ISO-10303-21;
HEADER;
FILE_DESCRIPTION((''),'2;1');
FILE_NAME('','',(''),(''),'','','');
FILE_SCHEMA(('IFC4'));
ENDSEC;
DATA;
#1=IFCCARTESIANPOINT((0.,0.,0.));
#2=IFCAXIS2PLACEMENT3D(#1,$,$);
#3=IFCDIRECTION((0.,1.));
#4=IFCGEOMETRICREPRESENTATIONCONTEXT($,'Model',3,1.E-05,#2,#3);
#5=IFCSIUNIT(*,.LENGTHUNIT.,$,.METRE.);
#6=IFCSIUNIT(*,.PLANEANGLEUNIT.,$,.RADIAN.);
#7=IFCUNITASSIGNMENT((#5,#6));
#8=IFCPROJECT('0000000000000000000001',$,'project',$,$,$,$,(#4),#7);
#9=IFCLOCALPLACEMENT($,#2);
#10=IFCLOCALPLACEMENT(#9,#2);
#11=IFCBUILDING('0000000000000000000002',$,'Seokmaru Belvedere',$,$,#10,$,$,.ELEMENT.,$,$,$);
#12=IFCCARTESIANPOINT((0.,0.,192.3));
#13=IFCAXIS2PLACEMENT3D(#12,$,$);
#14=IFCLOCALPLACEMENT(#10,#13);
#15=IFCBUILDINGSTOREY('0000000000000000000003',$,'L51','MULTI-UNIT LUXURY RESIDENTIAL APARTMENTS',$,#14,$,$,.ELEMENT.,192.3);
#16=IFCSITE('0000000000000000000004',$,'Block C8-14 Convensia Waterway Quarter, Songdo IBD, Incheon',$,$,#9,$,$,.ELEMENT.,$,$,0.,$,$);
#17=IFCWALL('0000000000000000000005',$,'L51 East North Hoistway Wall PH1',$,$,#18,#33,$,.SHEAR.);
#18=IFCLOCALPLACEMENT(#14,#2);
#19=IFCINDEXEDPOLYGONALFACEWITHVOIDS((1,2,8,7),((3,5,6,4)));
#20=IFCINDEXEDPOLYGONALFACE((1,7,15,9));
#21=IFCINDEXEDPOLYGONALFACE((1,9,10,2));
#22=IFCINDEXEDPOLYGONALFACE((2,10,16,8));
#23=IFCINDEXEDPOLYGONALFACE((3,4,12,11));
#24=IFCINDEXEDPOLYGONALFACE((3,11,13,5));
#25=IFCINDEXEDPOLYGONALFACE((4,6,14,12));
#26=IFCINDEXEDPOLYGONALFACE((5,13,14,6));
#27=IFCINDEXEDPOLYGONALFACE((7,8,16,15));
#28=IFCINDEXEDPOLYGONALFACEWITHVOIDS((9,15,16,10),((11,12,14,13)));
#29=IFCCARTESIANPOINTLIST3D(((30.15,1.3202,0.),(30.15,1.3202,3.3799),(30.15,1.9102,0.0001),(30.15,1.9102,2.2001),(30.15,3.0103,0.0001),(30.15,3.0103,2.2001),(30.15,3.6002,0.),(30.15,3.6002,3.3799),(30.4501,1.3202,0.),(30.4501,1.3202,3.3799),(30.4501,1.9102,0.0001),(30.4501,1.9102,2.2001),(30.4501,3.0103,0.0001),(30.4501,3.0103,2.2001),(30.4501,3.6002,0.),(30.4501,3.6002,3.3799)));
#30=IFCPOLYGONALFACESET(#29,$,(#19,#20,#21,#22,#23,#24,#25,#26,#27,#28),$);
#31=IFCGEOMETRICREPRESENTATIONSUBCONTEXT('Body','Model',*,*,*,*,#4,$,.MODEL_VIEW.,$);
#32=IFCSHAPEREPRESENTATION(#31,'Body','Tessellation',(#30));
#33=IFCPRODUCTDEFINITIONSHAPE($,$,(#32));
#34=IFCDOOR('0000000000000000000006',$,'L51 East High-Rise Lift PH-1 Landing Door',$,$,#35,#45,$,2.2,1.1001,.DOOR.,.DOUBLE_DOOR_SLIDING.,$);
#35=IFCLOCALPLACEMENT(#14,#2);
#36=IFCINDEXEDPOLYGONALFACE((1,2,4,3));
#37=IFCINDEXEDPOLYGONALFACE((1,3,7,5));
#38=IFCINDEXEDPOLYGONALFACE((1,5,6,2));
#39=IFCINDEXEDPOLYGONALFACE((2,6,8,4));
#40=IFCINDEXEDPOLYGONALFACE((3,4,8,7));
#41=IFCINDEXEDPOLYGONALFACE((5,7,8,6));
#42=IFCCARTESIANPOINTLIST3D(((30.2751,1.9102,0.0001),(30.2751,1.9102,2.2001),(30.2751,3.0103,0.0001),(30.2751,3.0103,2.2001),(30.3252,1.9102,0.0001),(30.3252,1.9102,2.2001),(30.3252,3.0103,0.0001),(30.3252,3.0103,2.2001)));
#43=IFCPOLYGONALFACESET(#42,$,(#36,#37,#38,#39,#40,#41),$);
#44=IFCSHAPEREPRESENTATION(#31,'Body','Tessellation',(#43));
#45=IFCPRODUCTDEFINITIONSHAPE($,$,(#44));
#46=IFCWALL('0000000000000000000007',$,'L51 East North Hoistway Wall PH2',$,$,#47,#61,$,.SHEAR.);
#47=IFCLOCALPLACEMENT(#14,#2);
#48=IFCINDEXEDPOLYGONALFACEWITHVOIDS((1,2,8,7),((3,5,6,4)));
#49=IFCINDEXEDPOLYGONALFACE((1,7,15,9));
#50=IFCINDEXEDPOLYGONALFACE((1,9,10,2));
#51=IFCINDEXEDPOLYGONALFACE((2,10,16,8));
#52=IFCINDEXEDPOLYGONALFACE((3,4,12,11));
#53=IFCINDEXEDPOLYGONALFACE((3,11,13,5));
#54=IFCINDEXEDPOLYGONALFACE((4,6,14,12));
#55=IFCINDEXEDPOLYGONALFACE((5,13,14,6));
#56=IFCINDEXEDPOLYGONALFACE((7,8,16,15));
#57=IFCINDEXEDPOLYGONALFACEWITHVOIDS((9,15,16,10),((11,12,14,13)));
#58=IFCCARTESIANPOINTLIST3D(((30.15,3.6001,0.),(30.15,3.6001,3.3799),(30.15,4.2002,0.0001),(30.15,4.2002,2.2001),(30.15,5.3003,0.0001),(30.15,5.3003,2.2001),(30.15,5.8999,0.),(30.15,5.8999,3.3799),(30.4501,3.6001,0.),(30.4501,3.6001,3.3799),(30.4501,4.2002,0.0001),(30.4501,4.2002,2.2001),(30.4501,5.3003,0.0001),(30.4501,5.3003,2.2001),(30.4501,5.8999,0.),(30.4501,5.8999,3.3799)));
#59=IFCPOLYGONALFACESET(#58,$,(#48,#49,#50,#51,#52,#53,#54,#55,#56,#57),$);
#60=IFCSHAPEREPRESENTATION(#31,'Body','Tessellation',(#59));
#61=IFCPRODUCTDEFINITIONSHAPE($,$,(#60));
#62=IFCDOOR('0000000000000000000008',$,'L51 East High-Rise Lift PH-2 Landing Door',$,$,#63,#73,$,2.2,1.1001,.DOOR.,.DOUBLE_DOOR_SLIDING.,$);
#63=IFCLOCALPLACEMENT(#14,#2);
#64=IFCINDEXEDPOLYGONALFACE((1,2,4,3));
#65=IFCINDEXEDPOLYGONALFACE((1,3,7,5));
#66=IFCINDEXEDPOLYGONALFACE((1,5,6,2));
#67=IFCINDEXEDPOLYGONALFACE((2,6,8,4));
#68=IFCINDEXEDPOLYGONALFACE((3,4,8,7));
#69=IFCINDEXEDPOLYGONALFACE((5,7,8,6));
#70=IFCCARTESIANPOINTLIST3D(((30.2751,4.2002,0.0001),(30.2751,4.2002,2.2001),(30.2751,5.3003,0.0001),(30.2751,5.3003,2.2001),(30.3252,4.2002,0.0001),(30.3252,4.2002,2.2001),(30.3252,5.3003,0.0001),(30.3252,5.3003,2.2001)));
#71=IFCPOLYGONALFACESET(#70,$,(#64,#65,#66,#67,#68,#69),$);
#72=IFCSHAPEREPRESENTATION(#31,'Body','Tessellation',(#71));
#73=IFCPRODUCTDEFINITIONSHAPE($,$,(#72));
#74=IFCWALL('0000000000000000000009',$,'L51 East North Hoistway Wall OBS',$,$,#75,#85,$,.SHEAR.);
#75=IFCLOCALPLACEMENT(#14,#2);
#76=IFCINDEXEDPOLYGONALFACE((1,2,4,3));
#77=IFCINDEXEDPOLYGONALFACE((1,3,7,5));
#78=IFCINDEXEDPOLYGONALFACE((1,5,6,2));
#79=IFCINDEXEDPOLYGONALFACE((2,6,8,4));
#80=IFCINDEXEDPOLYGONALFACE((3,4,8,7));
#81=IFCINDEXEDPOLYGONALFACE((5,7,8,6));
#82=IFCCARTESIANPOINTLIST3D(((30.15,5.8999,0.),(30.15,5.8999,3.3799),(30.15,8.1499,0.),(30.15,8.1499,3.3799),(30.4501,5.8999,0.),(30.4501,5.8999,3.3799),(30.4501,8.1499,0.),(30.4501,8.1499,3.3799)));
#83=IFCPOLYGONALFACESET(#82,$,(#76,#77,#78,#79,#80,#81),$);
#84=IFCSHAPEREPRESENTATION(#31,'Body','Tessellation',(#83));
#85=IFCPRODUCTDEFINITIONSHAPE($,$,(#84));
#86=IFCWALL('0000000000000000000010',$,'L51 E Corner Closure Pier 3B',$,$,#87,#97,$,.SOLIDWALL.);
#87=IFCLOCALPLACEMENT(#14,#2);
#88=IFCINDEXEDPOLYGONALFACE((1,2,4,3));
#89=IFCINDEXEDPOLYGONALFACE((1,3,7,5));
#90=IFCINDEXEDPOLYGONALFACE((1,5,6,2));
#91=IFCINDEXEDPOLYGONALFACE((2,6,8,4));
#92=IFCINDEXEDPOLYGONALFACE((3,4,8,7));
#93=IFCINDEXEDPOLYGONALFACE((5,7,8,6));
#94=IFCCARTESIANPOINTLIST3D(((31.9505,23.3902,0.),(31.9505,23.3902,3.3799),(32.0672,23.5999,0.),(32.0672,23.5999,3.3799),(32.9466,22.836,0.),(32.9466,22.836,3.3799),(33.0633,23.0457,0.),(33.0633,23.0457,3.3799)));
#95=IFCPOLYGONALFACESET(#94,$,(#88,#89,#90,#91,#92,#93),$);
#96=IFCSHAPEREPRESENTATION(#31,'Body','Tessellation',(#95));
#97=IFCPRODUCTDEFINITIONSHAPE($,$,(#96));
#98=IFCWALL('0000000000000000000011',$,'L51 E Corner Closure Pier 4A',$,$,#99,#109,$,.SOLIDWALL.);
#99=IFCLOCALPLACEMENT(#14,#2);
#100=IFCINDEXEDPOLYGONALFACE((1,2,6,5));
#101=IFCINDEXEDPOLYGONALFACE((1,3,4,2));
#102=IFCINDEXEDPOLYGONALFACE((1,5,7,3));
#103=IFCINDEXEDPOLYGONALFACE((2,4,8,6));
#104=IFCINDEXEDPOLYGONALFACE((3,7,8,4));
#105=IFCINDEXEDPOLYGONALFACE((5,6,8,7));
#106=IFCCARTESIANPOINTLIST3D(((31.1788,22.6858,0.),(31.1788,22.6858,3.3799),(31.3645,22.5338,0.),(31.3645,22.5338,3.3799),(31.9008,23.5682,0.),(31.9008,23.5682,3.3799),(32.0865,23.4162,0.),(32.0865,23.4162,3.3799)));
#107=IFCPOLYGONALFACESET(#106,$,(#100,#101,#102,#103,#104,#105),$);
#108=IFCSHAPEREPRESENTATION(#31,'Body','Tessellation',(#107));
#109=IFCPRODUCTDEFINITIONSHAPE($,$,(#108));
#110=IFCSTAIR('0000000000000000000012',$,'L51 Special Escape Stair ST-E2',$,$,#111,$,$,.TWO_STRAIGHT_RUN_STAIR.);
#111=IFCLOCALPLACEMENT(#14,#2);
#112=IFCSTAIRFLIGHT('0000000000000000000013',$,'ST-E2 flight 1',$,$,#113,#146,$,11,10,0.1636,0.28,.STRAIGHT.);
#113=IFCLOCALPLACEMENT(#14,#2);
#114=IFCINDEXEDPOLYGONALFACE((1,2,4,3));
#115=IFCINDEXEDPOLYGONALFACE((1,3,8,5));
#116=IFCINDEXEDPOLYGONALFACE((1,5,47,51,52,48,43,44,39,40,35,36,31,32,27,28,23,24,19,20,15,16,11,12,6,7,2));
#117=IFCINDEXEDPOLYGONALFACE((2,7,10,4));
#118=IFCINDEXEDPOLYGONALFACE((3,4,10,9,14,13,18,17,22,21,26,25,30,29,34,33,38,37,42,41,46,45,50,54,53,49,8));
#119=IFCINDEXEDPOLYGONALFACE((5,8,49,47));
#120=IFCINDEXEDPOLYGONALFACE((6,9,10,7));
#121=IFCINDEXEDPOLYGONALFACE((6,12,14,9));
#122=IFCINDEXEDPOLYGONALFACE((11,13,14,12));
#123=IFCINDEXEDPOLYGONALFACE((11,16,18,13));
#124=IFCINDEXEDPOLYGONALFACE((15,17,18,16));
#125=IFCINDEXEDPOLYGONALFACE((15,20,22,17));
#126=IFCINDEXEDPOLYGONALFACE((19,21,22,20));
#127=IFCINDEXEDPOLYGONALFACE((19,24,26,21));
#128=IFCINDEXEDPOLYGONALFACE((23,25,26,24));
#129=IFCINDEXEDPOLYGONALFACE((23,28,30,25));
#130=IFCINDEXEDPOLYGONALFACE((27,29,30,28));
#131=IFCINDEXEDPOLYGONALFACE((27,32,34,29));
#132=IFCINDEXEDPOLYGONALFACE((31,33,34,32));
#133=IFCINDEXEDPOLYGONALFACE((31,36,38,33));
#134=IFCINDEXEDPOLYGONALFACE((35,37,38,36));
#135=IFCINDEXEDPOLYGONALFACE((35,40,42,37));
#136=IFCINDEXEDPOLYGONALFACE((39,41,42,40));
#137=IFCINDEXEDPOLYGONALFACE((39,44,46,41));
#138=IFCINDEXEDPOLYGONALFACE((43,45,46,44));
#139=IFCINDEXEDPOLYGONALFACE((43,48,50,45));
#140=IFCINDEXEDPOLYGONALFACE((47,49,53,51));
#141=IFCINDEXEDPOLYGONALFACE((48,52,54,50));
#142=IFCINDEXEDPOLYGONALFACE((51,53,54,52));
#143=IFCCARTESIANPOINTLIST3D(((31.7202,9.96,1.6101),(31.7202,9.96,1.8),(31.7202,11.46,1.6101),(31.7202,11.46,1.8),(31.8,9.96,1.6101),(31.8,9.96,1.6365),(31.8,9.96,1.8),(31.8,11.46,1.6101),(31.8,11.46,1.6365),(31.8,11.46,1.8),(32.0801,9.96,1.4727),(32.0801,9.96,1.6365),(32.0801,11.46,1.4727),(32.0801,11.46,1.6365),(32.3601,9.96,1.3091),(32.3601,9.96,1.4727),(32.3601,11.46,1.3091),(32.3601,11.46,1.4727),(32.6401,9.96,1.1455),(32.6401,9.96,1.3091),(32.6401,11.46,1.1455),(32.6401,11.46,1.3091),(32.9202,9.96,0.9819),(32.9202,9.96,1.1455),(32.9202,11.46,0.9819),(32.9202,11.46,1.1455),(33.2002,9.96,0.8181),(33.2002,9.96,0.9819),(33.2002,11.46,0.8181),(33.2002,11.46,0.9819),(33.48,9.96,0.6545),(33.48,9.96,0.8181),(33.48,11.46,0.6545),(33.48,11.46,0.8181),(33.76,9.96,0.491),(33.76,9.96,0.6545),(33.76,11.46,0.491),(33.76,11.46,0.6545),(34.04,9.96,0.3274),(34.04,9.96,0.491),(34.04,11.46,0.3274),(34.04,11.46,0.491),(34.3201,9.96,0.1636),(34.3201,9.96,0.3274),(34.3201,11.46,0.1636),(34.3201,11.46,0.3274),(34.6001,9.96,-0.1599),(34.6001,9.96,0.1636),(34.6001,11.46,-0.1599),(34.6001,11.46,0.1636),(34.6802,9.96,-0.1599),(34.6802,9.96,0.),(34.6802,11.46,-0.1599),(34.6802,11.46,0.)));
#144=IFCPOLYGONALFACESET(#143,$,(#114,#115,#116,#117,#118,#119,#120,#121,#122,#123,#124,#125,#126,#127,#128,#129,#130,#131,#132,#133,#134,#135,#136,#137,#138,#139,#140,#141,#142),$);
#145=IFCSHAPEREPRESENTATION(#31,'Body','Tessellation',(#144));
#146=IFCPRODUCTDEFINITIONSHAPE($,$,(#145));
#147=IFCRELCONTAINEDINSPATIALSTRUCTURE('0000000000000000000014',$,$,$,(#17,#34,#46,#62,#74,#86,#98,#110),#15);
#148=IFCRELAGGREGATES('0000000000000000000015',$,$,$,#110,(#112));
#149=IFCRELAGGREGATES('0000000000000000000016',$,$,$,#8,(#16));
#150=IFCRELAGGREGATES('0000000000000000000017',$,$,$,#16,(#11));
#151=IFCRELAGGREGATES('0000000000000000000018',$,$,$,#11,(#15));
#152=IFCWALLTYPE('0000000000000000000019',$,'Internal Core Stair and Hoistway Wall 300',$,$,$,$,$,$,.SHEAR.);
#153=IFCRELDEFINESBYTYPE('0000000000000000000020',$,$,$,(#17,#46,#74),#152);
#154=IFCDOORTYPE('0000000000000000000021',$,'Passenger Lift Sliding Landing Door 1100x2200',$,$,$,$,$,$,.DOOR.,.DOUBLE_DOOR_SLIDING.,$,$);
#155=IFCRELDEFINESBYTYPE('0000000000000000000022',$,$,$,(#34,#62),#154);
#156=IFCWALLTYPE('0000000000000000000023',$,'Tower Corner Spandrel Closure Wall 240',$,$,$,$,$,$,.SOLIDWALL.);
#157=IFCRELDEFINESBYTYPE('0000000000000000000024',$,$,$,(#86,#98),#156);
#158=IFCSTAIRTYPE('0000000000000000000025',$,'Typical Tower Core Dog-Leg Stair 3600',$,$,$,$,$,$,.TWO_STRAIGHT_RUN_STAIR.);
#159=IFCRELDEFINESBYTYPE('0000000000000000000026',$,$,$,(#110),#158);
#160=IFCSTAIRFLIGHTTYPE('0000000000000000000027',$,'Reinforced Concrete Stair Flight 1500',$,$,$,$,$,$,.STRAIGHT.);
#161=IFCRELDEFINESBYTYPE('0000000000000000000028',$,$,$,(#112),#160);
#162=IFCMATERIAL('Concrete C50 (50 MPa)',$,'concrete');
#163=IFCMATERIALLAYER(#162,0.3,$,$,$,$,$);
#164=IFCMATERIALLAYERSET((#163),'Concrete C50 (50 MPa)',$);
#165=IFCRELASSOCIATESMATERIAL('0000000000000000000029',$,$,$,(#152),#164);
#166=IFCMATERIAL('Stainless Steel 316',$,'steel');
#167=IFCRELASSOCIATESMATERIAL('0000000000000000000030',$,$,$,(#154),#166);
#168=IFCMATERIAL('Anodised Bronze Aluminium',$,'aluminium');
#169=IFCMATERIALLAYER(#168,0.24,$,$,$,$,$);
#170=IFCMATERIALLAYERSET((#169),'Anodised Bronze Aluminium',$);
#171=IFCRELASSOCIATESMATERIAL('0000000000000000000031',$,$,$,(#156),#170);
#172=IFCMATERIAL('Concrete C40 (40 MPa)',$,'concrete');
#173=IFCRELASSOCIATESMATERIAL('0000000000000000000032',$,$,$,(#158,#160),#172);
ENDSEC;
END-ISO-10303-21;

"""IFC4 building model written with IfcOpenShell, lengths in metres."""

from ifc_helpers import new_model, si_unit, direction, frame, frame_2d, origin, place, context, subcontext, project, spatial, polyline, rectangle, outline, extrude, source, transform, mapped, material, layer, layer_set, type_object, type_shapes, element, fill, aggregate, save


model = new_model("IFC4")

# Units and contexts
model_context = context("Model", 3, precision=1e-05, world=origin(), true_north=direction((0.0, 1.0)))
body_context = subcontext(model_context, "Body", "Model", "MODEL_VIEW")
ifc_project = project(units=[si_unit("LENGTHUNIT", "METRE"), si_unit("PLANEANGLEUNIT", "RADIAN")], contexts=[model_context])

# Site, building, storey
site_placement = place(None, origin())
site = spatial("IfcSite", under=ifc_project, at=site_placement, Name="Block C8-14 Convensia Waterway Quarter, Songdo IBD, Incheon", CompositionType="ELEMENT", RefElevation=0.0)
building_placement = place(site_placement, origin())
building = spatial("IfcBuilding", under=site, at=building_placement, Name="Seokmaru Belvedere", CompositionType="ELEMENT")
storey_placement = place(building_placement, frame((0.0, 0.0, 192.3)))
storey = spatial("IfcBuildingStorey", under=building, at=storey_placement, Name="L51", Description="MULTI-UNIT LUXURY RESIDENTIAL APARTMENTS", CompositionType="ELEMENT", Elevation=192.3)

# Shared definitions
ifc_material_1 = material(Name="Anodised Bronze Aluminium", Category="aluminium")

# Walls, openings, doors
ifc_material_2 = material(Name="Concrete C50 (50 MPa)", Category="concrete")
ifc_layer_1 = layer(ifc_material_2, 0.3)
ifc_layer_set_1 = layer_set([ifc_layer_1], Name="Concrete C50 (50 MPa)")
wall_type_1 = type_object("IfcWallType", Name="Internal Core Stair and Hoistway Wall 300", PredefinedType="SHEAR", material=ifc_layer_set_1)
wall_1_placement = place(storey_placement, frame((30.3, 1.3201, 0.0), z_axis=(0.0, 0.0, 1.0), x_axis=(0.0, 1.0, 0.0)))
wall_1 = element("IfcWall", 1, at=wall_1_placement, inside=storey, type_object=wall_type_1, Name="L51 East North Hoistway Wall PH1", PredefinedType="SHEAR", context=body_context, shape_type="SweptSolid", body=[
    extrude(rectangle(XDim=2.28, YDim=0.3, at=frame_2d((1.1401, 0.0))), origin(), (0.0, 0.0, 1.0), 3.3799),
])
opening_1_placement = place(wall_1_placement, frame((0.5901, 0.0, 0.0)))
opening_1 = element("IfcOpeningElement", 2, at=opening_1_placement, cuts=wall_1, PredefinedType="OPENING", context=body_context, shape_type="SweptSolid", body=[
    extrude(rectangle(XDim=1.1001, YDim=2.2, at=frame_2d((0.55, 1.1001))), frame((0.0, 0.1602, 0.0), z_axis=(0.0, -1.0, 0.0), x_axis=(1.0, 0.0, 0.0)), (0.0, 0.0, 1.0), 0.3201),
])
ifc_material_3 = material(Name="Stainless Steel 316", Category="steel")
door_type_1 = type_object("IfcDoorType", Name="Passenger Lift Sliding Landing Door 1100x2200", OperationType="DOUBLE_DOOR_SLIDING", PredefinedType="DOOR", material=ifc_material_3)
shared_shape_1 = source(origin(), body_context, "Body", "SweptSolid", [
    extrude(rectangle(XDim=1.1001, YDim=2.2, at=frame_2d((0.55, 1.1001))), frame((0.0, 0.0249, 0.0), z_axis=(0.0, -1.0, 0.0), x_axis=(1.0, 0.0, 0.0)), (0.0, 0.0, 1.0), 0.05),
])
type_shapes(door_type_1, [shared_shape_1])
door_1_placement = place(opening_1_placement, origin())
door_1 = element("IfcDoor", 3, at=door_1_placement, inside=storey, type_object=door_type_1, Name="L51 East High-Rise Lift PH-1 Landing Door", OperationType="DOUBLE_DOOR_SLIDING", OverallHeight=2.2, OverallWidth=1.1001, PredefinedType="DOOR", context=body_context, shape_type="MappedRepresentation", body=[
    mapped(shared_shape_1, transform((0.0, 0.0, 0.0), scale=1.0)),
])
fill(opening_1, door_1)
wall_2_placement = place(storey_placement, frame((30.3, 3.6001, 0.0), z_axis=(0.0, 0.0, 1.0), x_axis=(0.0, 1.0, 0.0)))
wall_2 = element("IfcWall", 4, at=wall_2_placement, inside=storey, type_object=wall_type_1, Name="L51 East North Hoistway Wall PH2", PredefinedType="SHEAR", context=body_context, shape_type="SweptSolid", body=[
    extrude(rectangle(XDim=2.2998, YDim=0.3, at=frame_2d((1.1499, 0.0))), origin(), (0.0, 0.0, 1.0), 3.3799),
])
opening_2_placement = place(wall_2_placement, frame((0.6001, 0.0, 0.0)))
opening_2 = element("IfcOpeningElement", 5, at=opening_2_placement, cuts=wall_2, PredefinedType="OPENING", context=body_context, shape_type="SweptSolid", body=[
    extrude(rectangle(XDim=1.1001, YDim=2.2, at=frame_2d((0.55, 1.1001))), frame((0.0, 0.1602, 0.0), z_axis=(0.0, -1.0, 0.0), x_axis=(1.0, 0.0, 0.0)), (0.0, 0.0, 1.0), 0.3201),
])
door_2_placement = place(opening_2_placement, origin())
door_2 = element("IfcDoor", 6, at=door_2_placement, inside=storey, type_object=door_type_1, Name="L51 East High-Rise Lift PH-2 Landing Door", OperationType="DOUBLE_DOOR_SLIDING", OverallHeight=2.2, OverallWidth=1.1001, PredefinedType="DOOR", context=body_context, shape_type="MappedRepresentation", body=[
    mapped(shared_shape_1, transform((0.0, 0.0, 0.0), scale=1.0)),
])
fill(opening_2, door_2)

# Wall
wall_3_placement = place(storey_placement, frame((30.3, 5.8999, 0.0), z_axis=(0.0, 0.0, 1.0), x_axis=(0.0, 1.0, 0.0)))
element("IfcWall", 7, at=wall_3_placement, inside=storey, type_object=wall_type_1, Name="L51 East North Hoistway Wall OBS", PredefinedType="SHEAR", context=body_context, shape_type="SweptSolid", body=[
    extrude(rectangle(XDim=2.25, YDim=0.3, at=frame_2d((1.125, 0.0))), origin(), (0.0, 0.0, 1.0), 3.3799),
])

# Walls
ifc_layer_2 = layer(ifc_material_1, 0.24)
ifc_layer_set_2 = layer_set([ifc_layer_2], Name="Anodised Bronze Aluminium")
wall_type_2 = type_object("IfcWallType", Name="Tower Corner Spandrel Closure Wall 240", PredefinedType="SOLIDWALL", material=ifc_layer_set_2)
wall_4_placement = place(storey_placement, frame((33.0049, 22.9409, 0.0), z_axis=(0.0, 0.0, 1.0), x_axis=(-0.873854, 0.486188, 0.0)))
element("IfcWall", 8, at=wall_4_placement, inside=storey, type_object=wall_type_2, Name="L51 E Corner Closure Pier 3B", PredefinedType="SOLIDWALL", context=body_context, shape_type="SweptSolid", body=[
    extrude(rectangle(XDim=1.1399, YDim=0.24, at=frame_2d((0.5698, 0.0))), origin(), (0.0, 0.0, 1.0), 3.3799),
])
wall_5_placement = place(storey_placement, frame((31.9937, 23.4922, 0.0), z_axis=(0.0, 0.0, 1.0), x_axis=(-0.633249, -0.773948, 0.0)))
element("IfcWall", 9, at=wall_5_placement, inside=storey, type_object=wall_type_2, Name="L51 E Corner Closure Pier 4A", PredefinedType="SOLIDWALL", context=body_context, shape_type="SweptSolid", body=[
    extrude(rectangle(XDim=1.1401, YDim=0.24, at=frame_2d((0.5701, 0.0))), origin(), (0.0, 0.0, 1.0), 3.3799),
])

# Stair, stair flight
ifc_material_4 = material(Name="Concrete C40 (40 MPa)", Category="concrete")
stair_type = type_object("IfcStairType", Name="Typical Tower Core Dog-Leg Stair 3600", PredefinedType="TWO_STRAIGHT_RUN_STAIR", material=ifc_material_4)
stair_placement = place(storey_placement, origin())
stair = element("IfcStair", 10, at=stair_placement, inside=storey, type_object=stair_type, Name="L51 Special Escape Stair ST-E2", PredefinedType="TWO_STRAIGHT_RUN_STAIR")
stair_flight_type = type_object("IfcStairFlightType", Name="Reinforced Concrete Stair Flight 1500", PredefinedType="STRAIGHT", material=ifc_material_4)
stair_flight_1_placement = place(storey_placement, frame((34.6001, 10.71, 0.0), z_axis=(0.0, 0.0, 1.0), x_axis=(-1.0, 0.0, 0.0)))
stair_flight_1 = element("IfcStairFlight", 11, at=stair_flight_1_placement, type_object=stair_flight_type, Name="ST-E2 flight 1", NumberOfRisers=11, NumberOfTreads=10, PredefinedType="STRAIGHT", RiserHeight=0.1636, TreadLength=0.28, context=body_context, shape_type="SweptSolid", body=[
    extrude(outline(polyline([(-0.0801, 0.0), (0.0, 0.1636), (0.28, 0.1636), (0.28, 0.3274), (0.5601, 0.3274), (0.5601, 0.491), (0.8401, 0.491), (0.8401, 0.6545), (1.1201, 0.6545), (1.1201, 0.8181), (1.3999, 0.8181), (1.3999, 0.9819), (1.6799, 0.9819), (1.6799, 1.1455), (1.96, 1.1455), (1.96, 1.3091), (2.24, 1.3091), (2.24, 1.4727), (2.52, 1.4727), (2.52, 1.6365), (2.8, 1.6365), (2.8, 1.8), (2.8799, 1.8), (2.8799, 1.6101), (2.8, 1.6101), (0.0, -0.1599), (-0.0801, -0.1599), (-0.0801, 0.0)])), frame((0.0, 0.75, 0.0), z_axis=(0.0, -1.0, 0.0), x_axis=(1.0, 0.0, 0.0)), (0.0, 0.0, 1.0), 1.5),
])
aggregate(stair, [stair_flight_1])

save(model, "model.ifc")
